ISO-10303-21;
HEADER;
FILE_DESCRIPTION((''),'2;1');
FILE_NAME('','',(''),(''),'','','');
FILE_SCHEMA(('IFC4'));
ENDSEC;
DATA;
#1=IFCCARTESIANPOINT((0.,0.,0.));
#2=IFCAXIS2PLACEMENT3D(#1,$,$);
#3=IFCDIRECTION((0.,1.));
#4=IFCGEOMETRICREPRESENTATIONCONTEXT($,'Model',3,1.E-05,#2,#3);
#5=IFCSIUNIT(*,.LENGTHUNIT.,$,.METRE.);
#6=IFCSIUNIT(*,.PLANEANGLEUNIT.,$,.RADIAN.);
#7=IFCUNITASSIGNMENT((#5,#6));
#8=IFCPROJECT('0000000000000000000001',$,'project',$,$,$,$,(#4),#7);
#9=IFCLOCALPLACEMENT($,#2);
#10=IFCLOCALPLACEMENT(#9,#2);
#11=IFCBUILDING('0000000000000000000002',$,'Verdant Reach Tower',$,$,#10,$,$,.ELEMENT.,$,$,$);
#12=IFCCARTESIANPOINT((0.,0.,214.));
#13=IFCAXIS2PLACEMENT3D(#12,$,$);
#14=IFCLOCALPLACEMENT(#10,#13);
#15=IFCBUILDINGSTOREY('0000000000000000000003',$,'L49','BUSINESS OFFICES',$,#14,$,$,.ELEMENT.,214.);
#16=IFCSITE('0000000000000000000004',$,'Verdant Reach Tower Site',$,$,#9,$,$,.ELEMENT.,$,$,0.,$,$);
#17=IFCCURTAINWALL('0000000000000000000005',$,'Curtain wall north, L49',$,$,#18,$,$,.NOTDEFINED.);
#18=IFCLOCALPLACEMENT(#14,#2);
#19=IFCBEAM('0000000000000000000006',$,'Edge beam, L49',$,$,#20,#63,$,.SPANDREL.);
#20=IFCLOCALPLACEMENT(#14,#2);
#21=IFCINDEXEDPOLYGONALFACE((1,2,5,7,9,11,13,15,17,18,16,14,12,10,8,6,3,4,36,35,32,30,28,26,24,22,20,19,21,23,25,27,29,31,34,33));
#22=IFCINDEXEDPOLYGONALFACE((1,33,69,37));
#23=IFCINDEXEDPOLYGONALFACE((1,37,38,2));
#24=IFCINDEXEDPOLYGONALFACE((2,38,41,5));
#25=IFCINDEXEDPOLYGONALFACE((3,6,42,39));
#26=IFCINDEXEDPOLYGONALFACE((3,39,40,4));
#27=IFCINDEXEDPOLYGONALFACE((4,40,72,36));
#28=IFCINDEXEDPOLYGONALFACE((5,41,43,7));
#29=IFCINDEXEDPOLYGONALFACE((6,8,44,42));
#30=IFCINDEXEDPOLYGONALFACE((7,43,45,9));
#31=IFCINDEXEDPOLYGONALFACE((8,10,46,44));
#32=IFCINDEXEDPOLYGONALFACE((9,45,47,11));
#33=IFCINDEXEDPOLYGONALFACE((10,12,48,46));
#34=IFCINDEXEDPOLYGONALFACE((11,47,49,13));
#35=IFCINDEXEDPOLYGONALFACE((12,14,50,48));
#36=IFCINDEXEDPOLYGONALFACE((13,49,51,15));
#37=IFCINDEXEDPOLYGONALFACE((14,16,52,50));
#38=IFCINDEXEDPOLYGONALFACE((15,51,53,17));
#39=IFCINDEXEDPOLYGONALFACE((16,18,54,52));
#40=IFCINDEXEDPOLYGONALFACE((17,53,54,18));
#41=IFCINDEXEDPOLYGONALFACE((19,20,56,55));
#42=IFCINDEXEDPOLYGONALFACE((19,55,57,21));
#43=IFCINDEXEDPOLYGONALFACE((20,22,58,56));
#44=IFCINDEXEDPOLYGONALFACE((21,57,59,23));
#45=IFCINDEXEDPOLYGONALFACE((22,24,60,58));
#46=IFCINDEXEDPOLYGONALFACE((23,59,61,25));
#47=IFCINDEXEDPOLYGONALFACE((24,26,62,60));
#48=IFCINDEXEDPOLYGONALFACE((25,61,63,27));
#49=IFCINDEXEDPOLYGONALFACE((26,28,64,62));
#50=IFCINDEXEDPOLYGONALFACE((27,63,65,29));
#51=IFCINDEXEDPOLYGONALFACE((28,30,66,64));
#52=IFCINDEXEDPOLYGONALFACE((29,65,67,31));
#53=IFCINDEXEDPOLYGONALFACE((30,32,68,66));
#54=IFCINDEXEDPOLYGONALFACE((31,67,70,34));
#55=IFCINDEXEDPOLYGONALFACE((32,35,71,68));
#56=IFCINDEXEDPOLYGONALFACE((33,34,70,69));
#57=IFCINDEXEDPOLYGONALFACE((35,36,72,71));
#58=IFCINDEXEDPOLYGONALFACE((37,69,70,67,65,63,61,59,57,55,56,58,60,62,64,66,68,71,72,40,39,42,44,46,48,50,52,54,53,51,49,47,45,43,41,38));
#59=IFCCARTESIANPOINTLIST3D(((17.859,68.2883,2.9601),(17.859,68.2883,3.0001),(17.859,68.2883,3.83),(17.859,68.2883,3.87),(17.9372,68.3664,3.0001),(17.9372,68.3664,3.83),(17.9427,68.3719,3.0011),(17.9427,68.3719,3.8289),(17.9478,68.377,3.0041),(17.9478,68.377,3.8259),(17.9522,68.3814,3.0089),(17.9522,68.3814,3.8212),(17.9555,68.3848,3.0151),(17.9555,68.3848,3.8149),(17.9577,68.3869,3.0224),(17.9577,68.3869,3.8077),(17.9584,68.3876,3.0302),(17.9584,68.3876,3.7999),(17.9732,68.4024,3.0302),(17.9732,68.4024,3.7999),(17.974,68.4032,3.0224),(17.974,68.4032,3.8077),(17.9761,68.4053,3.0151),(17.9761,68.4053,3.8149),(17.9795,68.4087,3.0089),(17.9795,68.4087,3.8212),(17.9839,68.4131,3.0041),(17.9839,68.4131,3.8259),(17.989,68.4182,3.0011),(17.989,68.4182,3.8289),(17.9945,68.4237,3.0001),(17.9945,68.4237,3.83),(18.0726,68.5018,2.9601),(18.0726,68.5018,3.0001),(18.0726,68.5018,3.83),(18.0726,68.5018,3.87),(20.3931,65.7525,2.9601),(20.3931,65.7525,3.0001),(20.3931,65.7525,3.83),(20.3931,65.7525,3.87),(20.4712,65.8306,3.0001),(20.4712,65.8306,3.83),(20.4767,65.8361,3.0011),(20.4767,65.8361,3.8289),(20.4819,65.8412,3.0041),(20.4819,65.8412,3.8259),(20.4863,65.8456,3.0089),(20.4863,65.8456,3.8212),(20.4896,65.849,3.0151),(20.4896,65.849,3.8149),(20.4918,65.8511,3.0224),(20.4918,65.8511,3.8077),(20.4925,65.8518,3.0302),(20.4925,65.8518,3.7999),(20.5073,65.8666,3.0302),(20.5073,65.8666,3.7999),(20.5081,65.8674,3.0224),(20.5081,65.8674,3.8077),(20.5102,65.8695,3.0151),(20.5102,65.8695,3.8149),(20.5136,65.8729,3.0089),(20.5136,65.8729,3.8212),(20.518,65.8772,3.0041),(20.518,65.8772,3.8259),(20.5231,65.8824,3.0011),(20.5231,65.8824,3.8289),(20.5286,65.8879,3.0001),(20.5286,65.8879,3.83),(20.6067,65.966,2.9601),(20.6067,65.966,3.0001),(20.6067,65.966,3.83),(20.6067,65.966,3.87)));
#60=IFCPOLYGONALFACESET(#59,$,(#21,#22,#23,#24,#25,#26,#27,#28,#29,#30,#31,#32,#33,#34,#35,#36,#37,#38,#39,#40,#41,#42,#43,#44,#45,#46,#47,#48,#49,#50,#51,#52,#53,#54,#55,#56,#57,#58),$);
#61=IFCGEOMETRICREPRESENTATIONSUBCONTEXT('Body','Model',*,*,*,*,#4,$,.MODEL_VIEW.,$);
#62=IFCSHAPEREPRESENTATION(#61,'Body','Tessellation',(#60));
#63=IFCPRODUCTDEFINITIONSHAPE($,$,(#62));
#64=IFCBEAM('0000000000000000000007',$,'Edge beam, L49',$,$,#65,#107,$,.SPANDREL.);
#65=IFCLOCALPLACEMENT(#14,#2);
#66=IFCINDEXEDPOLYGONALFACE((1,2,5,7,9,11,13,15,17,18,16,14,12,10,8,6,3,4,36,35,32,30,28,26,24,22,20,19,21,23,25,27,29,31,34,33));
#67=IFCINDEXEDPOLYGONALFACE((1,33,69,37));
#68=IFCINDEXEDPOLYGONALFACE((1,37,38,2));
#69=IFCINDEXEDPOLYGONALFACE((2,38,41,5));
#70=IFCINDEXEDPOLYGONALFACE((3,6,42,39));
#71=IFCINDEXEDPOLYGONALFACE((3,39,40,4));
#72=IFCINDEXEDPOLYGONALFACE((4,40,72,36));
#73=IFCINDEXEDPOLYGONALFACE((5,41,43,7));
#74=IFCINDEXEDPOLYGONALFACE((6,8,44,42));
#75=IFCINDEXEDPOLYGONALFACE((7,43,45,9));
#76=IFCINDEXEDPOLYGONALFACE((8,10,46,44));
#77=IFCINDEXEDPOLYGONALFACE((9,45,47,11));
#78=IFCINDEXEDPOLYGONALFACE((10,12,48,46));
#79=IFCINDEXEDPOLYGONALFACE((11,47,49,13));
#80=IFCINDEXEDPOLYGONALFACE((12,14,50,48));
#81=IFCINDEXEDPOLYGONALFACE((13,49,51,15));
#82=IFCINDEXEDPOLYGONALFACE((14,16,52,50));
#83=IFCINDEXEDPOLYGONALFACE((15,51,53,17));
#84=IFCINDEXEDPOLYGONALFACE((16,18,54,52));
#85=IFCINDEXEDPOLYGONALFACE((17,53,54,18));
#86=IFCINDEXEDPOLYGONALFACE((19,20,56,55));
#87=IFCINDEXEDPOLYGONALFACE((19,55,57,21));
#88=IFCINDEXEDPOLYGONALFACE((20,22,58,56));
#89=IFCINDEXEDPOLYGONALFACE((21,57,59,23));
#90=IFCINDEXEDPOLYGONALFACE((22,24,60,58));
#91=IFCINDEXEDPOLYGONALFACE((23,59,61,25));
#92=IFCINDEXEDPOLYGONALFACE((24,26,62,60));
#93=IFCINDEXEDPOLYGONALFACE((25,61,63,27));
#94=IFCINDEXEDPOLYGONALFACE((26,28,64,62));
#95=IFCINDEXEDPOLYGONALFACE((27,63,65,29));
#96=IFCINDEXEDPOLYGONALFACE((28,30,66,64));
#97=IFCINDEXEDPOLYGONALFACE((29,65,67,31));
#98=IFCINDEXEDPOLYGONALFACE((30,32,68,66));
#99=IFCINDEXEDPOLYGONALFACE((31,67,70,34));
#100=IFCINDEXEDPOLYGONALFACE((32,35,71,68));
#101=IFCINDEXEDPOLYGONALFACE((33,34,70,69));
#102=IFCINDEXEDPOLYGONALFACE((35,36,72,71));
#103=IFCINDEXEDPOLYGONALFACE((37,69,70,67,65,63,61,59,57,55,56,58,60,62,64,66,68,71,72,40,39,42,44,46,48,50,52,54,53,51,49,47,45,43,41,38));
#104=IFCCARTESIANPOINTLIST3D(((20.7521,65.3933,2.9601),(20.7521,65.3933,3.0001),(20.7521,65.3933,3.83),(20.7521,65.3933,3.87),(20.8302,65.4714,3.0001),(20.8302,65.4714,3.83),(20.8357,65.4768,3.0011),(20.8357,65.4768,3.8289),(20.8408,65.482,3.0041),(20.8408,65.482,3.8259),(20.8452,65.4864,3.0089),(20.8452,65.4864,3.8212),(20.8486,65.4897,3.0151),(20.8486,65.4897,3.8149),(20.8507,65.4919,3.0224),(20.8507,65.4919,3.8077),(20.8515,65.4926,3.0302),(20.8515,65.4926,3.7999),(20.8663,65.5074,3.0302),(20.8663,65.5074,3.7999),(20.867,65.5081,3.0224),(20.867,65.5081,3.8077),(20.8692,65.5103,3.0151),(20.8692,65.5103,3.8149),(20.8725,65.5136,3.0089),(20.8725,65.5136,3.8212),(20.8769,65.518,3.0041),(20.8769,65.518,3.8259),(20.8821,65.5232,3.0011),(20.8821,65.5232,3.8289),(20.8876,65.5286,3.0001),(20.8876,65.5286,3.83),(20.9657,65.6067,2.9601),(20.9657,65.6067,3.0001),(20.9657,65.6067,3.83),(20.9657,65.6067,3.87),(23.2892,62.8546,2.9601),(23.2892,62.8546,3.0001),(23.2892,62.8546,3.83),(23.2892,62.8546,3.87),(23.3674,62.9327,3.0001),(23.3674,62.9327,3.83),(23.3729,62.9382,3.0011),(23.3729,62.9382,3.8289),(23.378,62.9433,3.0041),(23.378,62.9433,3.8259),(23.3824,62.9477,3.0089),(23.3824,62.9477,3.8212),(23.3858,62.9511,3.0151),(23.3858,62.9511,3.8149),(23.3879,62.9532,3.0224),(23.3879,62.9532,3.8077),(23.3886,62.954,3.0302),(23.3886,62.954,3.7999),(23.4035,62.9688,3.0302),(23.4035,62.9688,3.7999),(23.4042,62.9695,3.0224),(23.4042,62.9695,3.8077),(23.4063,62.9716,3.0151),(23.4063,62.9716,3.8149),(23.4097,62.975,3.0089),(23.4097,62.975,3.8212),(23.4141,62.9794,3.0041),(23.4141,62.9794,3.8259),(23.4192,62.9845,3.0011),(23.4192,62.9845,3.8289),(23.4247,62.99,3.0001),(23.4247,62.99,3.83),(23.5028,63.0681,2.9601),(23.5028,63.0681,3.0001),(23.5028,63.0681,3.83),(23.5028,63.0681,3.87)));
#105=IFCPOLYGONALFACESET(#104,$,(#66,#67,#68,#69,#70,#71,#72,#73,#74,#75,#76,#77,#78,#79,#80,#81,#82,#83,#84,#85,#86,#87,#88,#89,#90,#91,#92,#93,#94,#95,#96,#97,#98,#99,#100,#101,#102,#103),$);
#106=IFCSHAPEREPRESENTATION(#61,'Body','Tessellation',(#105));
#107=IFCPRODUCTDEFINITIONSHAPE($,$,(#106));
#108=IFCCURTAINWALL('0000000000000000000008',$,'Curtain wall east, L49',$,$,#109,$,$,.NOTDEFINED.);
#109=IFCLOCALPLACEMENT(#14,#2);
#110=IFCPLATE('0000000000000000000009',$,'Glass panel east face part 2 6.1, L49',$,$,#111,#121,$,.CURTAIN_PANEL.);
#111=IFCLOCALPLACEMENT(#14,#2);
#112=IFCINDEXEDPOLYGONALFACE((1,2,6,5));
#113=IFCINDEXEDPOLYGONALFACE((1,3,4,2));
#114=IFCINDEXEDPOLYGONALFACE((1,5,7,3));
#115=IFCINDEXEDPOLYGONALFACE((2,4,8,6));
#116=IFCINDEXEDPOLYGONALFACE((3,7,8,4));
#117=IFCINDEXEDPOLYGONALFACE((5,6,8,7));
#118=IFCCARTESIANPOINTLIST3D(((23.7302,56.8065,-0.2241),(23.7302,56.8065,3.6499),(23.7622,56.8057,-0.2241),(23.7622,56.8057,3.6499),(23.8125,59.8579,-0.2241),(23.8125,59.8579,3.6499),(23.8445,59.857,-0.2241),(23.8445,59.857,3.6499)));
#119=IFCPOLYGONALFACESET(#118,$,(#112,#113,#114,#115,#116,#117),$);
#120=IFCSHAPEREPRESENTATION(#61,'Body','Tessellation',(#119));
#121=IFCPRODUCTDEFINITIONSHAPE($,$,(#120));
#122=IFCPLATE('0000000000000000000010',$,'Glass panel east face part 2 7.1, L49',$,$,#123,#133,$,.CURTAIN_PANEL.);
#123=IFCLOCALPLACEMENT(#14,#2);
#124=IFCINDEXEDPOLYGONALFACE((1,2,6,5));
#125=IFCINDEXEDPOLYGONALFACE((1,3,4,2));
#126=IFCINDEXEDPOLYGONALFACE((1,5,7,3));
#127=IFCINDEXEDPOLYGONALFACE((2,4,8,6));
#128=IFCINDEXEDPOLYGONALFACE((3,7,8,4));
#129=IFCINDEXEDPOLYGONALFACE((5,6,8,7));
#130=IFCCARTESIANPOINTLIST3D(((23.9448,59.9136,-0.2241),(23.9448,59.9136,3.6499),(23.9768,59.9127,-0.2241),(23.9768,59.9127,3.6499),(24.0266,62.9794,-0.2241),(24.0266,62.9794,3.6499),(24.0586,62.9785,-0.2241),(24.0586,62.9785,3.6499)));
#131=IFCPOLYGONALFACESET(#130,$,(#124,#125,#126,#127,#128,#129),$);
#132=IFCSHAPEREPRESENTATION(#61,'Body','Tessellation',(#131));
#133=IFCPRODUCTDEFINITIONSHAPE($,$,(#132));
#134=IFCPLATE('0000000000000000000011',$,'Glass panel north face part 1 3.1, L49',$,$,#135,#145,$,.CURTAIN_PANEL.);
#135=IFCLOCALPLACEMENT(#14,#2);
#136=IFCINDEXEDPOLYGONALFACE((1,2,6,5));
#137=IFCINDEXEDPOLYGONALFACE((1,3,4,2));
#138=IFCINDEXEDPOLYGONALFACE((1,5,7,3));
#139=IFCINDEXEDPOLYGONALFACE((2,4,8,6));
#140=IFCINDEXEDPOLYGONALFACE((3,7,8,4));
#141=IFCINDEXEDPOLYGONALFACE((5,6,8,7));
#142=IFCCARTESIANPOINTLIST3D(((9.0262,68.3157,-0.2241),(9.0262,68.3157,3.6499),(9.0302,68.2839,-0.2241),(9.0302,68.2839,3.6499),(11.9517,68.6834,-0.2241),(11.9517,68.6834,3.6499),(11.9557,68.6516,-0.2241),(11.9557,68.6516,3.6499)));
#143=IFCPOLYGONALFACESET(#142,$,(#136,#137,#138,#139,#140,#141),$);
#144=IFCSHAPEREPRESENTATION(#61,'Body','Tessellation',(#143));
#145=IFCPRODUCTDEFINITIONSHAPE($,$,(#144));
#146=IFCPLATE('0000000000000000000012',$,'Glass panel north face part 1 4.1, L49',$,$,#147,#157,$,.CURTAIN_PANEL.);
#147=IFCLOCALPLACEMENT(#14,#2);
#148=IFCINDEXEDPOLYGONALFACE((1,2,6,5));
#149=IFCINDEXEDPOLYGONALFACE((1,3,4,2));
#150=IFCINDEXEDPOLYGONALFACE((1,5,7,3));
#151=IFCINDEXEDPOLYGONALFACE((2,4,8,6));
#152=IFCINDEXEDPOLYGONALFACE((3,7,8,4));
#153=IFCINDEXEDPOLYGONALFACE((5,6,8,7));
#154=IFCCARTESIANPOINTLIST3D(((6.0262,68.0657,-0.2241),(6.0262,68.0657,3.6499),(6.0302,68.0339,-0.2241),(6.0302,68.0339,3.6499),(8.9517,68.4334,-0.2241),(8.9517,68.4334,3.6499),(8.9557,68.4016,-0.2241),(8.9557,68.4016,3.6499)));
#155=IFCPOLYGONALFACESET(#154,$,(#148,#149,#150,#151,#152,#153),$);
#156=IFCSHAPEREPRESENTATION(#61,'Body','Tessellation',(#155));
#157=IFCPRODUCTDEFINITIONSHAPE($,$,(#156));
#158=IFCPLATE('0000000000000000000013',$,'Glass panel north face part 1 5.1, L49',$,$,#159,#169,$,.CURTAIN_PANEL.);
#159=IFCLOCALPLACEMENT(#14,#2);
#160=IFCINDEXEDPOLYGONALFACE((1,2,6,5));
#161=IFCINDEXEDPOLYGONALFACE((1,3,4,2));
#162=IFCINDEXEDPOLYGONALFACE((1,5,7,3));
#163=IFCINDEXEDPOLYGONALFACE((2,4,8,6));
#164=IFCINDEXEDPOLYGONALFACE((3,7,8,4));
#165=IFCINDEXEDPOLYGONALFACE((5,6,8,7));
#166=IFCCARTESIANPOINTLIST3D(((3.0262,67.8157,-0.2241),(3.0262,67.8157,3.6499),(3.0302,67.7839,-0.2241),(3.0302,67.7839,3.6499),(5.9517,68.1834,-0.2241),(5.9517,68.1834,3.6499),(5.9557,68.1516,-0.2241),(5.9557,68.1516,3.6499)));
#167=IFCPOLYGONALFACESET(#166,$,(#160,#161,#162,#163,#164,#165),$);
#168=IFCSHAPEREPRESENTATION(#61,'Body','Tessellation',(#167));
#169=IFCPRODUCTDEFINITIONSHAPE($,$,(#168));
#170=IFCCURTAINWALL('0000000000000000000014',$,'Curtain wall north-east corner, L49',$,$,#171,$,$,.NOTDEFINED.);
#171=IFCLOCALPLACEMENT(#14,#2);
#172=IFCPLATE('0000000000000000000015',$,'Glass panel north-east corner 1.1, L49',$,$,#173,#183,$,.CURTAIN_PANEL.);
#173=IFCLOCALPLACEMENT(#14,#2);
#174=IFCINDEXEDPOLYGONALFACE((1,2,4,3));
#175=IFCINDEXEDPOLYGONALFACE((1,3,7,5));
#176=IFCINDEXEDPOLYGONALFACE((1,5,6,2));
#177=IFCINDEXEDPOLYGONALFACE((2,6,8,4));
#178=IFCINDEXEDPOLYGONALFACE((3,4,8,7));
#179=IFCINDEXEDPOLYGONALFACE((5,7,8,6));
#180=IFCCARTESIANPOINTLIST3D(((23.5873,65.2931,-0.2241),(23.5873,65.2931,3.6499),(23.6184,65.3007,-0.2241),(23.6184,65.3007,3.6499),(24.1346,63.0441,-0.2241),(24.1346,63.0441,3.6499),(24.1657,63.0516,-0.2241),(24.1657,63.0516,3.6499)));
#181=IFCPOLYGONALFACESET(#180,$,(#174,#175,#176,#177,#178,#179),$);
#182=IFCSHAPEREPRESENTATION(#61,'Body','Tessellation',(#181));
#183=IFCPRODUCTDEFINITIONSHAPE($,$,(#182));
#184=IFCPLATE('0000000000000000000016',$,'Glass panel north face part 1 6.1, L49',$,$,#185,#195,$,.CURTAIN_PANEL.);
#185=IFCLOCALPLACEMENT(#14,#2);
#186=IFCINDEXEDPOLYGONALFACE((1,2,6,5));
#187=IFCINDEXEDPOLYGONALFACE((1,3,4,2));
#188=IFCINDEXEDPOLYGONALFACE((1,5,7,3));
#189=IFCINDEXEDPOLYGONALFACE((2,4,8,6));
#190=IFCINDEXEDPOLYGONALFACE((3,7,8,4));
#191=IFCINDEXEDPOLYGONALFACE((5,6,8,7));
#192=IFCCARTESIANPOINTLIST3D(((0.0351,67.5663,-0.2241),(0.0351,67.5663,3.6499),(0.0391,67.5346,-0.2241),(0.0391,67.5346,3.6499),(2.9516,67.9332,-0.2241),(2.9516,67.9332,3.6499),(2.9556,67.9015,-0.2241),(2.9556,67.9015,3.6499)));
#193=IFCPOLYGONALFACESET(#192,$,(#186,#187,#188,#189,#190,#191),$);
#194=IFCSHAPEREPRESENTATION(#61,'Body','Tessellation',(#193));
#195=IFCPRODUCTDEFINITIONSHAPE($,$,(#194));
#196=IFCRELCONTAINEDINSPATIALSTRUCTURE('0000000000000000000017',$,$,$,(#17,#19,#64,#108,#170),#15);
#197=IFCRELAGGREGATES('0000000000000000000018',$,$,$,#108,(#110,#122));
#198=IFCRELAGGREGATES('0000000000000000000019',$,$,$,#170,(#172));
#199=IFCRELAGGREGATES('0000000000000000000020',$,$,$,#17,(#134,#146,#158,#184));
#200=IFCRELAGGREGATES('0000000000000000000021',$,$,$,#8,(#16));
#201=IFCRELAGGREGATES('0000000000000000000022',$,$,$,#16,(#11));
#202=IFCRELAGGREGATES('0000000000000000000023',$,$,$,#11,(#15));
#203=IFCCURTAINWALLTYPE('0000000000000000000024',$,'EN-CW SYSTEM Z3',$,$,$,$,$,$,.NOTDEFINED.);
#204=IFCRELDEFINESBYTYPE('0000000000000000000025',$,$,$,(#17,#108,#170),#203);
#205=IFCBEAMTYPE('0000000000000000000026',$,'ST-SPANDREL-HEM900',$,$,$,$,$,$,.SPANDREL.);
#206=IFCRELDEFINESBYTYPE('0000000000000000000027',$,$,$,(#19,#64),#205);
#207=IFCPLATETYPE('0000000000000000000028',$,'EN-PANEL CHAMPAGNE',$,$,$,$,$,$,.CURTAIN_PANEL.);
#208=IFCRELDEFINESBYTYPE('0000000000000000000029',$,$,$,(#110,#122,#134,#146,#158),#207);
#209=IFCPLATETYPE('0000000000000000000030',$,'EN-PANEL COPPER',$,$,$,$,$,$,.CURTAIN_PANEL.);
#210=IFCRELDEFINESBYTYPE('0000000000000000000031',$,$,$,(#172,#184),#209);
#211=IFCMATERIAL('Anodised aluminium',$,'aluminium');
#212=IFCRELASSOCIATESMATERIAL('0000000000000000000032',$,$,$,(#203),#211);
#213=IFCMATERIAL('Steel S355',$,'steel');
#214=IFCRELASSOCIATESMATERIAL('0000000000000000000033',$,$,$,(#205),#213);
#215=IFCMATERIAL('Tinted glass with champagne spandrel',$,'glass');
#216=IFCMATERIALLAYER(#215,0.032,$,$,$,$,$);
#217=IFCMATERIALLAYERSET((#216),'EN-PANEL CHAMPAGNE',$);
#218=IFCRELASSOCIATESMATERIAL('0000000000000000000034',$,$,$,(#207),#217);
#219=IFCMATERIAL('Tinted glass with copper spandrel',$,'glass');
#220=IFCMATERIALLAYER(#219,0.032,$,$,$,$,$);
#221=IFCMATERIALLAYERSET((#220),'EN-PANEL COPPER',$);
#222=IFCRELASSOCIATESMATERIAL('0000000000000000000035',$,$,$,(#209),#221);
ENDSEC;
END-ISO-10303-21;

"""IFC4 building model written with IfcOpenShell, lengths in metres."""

from ifc_helpers import new_model, si_unit, direction, frame, origin, origin_2d, place, context, subcontext, project, spatial, rectangle, i_section, extrude, material, layer, layer_set, material_profile, profile_set, type_object, element, aggregate, save


model = new_model("IFC4")

# Units and contexts
model_context = context("Model", 3, precision=1e-05, world=origin(), true_north=direction((0.0, 1.0)))
body_context = subcontext(model_context, "Body", "Model", "MODEL_VIEW")
ifc_project = project(units=[si_unit("LENGTHUNIT", "METRE"), si_unit("PLANEANGLEUNIT", "RADIAN")], contexts=[model_context])

# Site, building, storey
site_placement = place(None, origin())
site = spatial("IfcSite", under=ifc_project, at=site_placement, Name="Verdant Reach Tower Site", CompositionType="ELEMENT", RefElevation=0.0)
building_placement = place(site_placement, origin())
building = spatial("IfcBuilding", under=site, at=building_placement, Name="Verdant Reach Tower", CompositionType="ELEMENT")
storey_placement = place(building_placement, frame((0.0, 0.0, 214.0)))
storey = spatial("IfcBuildingStorey", under=building, at=storey_placement, Name="L49", Description="BUSINESS OFFICES", CompositionType="ELEMENT", Elevation=214.0)

# Curtain wall
ifc_material_1 = material(Name="Anodised aluminium", Category="aluminium")
curtain_wall_type = type_object("IfcCurtainWallType", Name="EN-CW SYSTEM Z3", PredefinedType="NOTDEFINED", material=ifc_material_1)
curtain_wall_1_placement = place(storey_placement, origin())
curtain_wall_1 = element("IfcCurtainWall", 1, at=curtain_wall_1_placement, inside=storey, type_object=curtain_wall_type, Name="Curtain wall north, L49", PredefinedType="NOTDEFINED")

# Beams
ifc_material_2 = material(Name="Steel S355", Category="steel")
ifc_material_profile_1 = material_profile(ifc_material_2, i_section(OverallWidth=0.302, OverallDepth=0.9099, WebThickness=0.021, FlangeThickness=0.04, FilletRadius=0.03, at=origin_2d()), Name="HEM 900")
ifc_profile_set_1 = profile_set([ifc_material_profile_1], Name="Steel S355")
beam_type_1 = type_object("IfcBeamType", Name="ST-SPANDREL-HEM900", PredefinedType="SPANDREL", material=ifc_profile_set_1)
beam_1_placement = place(storey_placement, frame((17.9658, 68.395, 3.415), z_axis=(0.706868, -0.707345, 0.0), x_axis=(0.707345, 0.706868, 0.0)))
element("IfcBeam", 2, at=beam_1_placement, inside=storey, type_object=beam_type_1, Name="Edge beam, L49", PredefinedType="SPANDREL", context=body_context, shape_type="SweptSolid", body=[
    extrude(i_section(OverallWidth=0.302, OverallDepth=0.9099, WebThickness=0.021, FlangeThickness=0.04, FilletRadius=0.03, at=origin_2d()), origin(), (0.0, 0.0, 1.0), 3.585),
])
beam_2_placement = place(storey_placement, frame((20.8589, 65.5, 3.415), z_axis=(0.706903, -0.707311, 0.0), x_axis=(0.707311, 0.706903, 0.0)))
element("IfcBeam", 3, at=beam_2_placement, inside=storey, type_object=beam_type_1, Name="Edge beam, L49", PredefinedType="SPANDREL", context=body_context, shape_type="SweptSolid", body=[
    extrude(i_section(OverallWidth=0.302, OverallDepth=0.9099, WebThickness=0.021, FlangeThickness=0.04, FilletRadius=0.03, at=origin_2d()), origin(), (0.0, 0.0, 1.0), 3.5891),
])

# Curtain wall, plates
curtain_wall_2_placement = place(storey_placement, origin())
curtain_wall_2 = element("IfcCurtainWall", 4, at=curtain_wall_2_placement, inside=storey, type_object=curtain_wall_type, Name="Curtain wall east, L49", PredefinedType="NOTDEFINED")
ifc_material_3 = material(Name="Tinted glass with champagne spandrel", Category="glass")
ifc_layer_1 = layer(ifc_material_3, 0.032)
ifc_layer_set_1 = layer_set([ifc_layer_1], Name="EN-PANEL CHAMPAGNE")
plate_type_1 = type_object("IfcPlateType", Name="EN-PANEL CHAMPAGNE", PredefinedType="CURTAIN_PANEL", material=ifc_layer_set_1)
plate_1_placement = place(storey_placement, frame((23.7874, 58.3318, -0.2241), z_axis=(0.0, 0.0, 1.0), x_axis=(0.026965, 0.999636, 0.0)))
plate_1 = element("IfcPlate", 5, at=plate_1_placement, type_object=plate_type_1, Name="Glass panel east face part 2 6.1, L49", PredefinedType="CURTAIN_PANEL", context=body_context, shape_type="SweptSolid", body=[
    extrude(rectangle(XDim=3.0525, YDim=0.032, at=origin_2d()), origin(), (0.0, 0.0, 1.0), 3.874),
])
plate_2_placement = place(storey_placement, frame((24.0017, 61.446, -0.2241), z_axis=(0.0, 0.0, 1.0), x_axis=(0.02666, 0.999645, 0.0)))
plate_2 = element("IfcPlate", 6, at=plate_2_placement, type_object=plate_type_1, Name="Glass panel east face part 2 7.1, L49", PredefinedType="CURTAIN_PANEL", context=body_context, shape_type="SweptSolid", body=[
    extrude(rectangle(XDim=3.0669, YDim=0.032, at=origin_2d()), origin(), (0.0, 0.0, 1.0), 3.874),
])

# Plates
plate_3_placement = place(storey_placement, frame((10.491, 68.4836, -0.2241), z_axis=(0.0, 0.0, 1.0), x_axis=(-0.992194, -0.124704, 0.0)))
plate_3 = element("IfcPlate", 7, at=plate_3_placement, type_object=plate_type_1, Name="Glass panel north face part 1 3.1, L49", PredefinedType="CURTAIN_PANEL", context=body_context, shape_type="SweptSolid", body=[
    extrude(rectangle(XDim=2.9485, YDim=0.032, at=origin_2d()), origin(), (0.0, 0.0, 1.0), 3.874),
])
plate_4_placement = place(storey_placement, frame((7.491, 68.2336, -0.2241), z_axis=(0.0, 0.0, 1.0), x_axis=(-0.992194, -0.124704, 0.0)))
plate_4 = element("IfcPlate", 8, at=plate_4_placement, type_object=plate_type_1, Name="Glass panel north face part 1 4.1, L49", PredefinedType="CURTAIN_PANEL", context=body_context, shape_type="SweptSolid", body=[
    extrude(rectangle(XDim=2.9485, YDim=0.032, at=origin_2d()), origin(), (0.0, 0.0, 1.0), 3.874),
])
plate_5_placement = place(storey_placement, frame((4.491, 67.9836, -0.2241), z_axis=(0.0, 0.0, 1.0), x_axis=(-0.992194, -0.124704, 0.0)))
plate_5 = element("IfcPlate", 9, at=plate_5_placement, type_object=plate_type_1, Name="Glass panel north face part 1 5.1, L49", PredefinedType="CURTAIN_PANEL", context=body_context, shape_type="SweptSolid", body=[
    extrude(rectangle(XDim=2.9485, YDim=0.032, at=origin_2d()), origin(), (0.0, 0.0, 1.0), 3.874),
])

# Curtain wall, plate
curtain_wall_3_placement = place(storey_placement, origin())
curtain_wall_3 = element("IfcCurtainWall", 10, at=curtain_wall_3_placement, inside=storey, type_object=curtain_wall_type, Name="Curtain wall north-east corner, L49", PredefinedType="NOTDEFINED")
ifc_material_4 = material(Name="Tinted glass with copper spandrel", Category="glass")
ifc_layer_2 = layer(ifc_material_4, 0.032)
ifc_layer_set_2 = layer_set([ifc_layer_2], Name="EN-PANEL COPPER")
plate_type_2 = type_object("IfcPlateType", Name="EN-PANEL COPPER", PredefinedType="CURTAIN_PANEL", material=ifc_layer_set_2)
plate_6_placement = place(storey_placement, frame((23.8765, 64.1724, -0.2241), z_axis=(0.0, 0.0, 1.0), x_axis=(-0.236446, 0.971645, 0.0)))
plate_6 = element("IfcPlate", 11, at=plate_6_placement, type_object=plate_type_2, Name="Glass panel north-east corner 1.1, L49", PredefinedType="CURTAIN_PANEL", context=body_context, shape_type="SweptSolid", body=[
    extrude(rectangle(XDim=2.3147, YDim=0.032, at=origin_2d()), origin(), (0.0, 0.0, 1.0), 3.874),
])

# Plate
plate_7_placement = place(storey_placement, frame((1.4954, 67.7339, -0.2241), z_axis=(0.0, 0.0, 1.0), x_axis=(-0.992178, -0.124828, 0.0)))
plate_7 = element("IfcPlate", 12, at=plate_7_placement, type_object=plate_type_2, Name="Glass panel north face part 1 6.1, L49", PredefinedType="CURTAIN_PANEL", context=body_context, shape_type="SweptSolid", body=[
    extrude(rectangle(XDim=2.9395, YDim=0.032, at=origin_2d()), origin(), (0.0, 0.0, 1.0), 3.874),
])
aggregate(curtain_wall_2, [plate_1, plate_2])
aggregate(curtain_wall_3, [plate_6])
aggregate(curtain_wall_1, [plate_3, plate_4, plate_5, plate_7])

save(model, "model.ifc")
